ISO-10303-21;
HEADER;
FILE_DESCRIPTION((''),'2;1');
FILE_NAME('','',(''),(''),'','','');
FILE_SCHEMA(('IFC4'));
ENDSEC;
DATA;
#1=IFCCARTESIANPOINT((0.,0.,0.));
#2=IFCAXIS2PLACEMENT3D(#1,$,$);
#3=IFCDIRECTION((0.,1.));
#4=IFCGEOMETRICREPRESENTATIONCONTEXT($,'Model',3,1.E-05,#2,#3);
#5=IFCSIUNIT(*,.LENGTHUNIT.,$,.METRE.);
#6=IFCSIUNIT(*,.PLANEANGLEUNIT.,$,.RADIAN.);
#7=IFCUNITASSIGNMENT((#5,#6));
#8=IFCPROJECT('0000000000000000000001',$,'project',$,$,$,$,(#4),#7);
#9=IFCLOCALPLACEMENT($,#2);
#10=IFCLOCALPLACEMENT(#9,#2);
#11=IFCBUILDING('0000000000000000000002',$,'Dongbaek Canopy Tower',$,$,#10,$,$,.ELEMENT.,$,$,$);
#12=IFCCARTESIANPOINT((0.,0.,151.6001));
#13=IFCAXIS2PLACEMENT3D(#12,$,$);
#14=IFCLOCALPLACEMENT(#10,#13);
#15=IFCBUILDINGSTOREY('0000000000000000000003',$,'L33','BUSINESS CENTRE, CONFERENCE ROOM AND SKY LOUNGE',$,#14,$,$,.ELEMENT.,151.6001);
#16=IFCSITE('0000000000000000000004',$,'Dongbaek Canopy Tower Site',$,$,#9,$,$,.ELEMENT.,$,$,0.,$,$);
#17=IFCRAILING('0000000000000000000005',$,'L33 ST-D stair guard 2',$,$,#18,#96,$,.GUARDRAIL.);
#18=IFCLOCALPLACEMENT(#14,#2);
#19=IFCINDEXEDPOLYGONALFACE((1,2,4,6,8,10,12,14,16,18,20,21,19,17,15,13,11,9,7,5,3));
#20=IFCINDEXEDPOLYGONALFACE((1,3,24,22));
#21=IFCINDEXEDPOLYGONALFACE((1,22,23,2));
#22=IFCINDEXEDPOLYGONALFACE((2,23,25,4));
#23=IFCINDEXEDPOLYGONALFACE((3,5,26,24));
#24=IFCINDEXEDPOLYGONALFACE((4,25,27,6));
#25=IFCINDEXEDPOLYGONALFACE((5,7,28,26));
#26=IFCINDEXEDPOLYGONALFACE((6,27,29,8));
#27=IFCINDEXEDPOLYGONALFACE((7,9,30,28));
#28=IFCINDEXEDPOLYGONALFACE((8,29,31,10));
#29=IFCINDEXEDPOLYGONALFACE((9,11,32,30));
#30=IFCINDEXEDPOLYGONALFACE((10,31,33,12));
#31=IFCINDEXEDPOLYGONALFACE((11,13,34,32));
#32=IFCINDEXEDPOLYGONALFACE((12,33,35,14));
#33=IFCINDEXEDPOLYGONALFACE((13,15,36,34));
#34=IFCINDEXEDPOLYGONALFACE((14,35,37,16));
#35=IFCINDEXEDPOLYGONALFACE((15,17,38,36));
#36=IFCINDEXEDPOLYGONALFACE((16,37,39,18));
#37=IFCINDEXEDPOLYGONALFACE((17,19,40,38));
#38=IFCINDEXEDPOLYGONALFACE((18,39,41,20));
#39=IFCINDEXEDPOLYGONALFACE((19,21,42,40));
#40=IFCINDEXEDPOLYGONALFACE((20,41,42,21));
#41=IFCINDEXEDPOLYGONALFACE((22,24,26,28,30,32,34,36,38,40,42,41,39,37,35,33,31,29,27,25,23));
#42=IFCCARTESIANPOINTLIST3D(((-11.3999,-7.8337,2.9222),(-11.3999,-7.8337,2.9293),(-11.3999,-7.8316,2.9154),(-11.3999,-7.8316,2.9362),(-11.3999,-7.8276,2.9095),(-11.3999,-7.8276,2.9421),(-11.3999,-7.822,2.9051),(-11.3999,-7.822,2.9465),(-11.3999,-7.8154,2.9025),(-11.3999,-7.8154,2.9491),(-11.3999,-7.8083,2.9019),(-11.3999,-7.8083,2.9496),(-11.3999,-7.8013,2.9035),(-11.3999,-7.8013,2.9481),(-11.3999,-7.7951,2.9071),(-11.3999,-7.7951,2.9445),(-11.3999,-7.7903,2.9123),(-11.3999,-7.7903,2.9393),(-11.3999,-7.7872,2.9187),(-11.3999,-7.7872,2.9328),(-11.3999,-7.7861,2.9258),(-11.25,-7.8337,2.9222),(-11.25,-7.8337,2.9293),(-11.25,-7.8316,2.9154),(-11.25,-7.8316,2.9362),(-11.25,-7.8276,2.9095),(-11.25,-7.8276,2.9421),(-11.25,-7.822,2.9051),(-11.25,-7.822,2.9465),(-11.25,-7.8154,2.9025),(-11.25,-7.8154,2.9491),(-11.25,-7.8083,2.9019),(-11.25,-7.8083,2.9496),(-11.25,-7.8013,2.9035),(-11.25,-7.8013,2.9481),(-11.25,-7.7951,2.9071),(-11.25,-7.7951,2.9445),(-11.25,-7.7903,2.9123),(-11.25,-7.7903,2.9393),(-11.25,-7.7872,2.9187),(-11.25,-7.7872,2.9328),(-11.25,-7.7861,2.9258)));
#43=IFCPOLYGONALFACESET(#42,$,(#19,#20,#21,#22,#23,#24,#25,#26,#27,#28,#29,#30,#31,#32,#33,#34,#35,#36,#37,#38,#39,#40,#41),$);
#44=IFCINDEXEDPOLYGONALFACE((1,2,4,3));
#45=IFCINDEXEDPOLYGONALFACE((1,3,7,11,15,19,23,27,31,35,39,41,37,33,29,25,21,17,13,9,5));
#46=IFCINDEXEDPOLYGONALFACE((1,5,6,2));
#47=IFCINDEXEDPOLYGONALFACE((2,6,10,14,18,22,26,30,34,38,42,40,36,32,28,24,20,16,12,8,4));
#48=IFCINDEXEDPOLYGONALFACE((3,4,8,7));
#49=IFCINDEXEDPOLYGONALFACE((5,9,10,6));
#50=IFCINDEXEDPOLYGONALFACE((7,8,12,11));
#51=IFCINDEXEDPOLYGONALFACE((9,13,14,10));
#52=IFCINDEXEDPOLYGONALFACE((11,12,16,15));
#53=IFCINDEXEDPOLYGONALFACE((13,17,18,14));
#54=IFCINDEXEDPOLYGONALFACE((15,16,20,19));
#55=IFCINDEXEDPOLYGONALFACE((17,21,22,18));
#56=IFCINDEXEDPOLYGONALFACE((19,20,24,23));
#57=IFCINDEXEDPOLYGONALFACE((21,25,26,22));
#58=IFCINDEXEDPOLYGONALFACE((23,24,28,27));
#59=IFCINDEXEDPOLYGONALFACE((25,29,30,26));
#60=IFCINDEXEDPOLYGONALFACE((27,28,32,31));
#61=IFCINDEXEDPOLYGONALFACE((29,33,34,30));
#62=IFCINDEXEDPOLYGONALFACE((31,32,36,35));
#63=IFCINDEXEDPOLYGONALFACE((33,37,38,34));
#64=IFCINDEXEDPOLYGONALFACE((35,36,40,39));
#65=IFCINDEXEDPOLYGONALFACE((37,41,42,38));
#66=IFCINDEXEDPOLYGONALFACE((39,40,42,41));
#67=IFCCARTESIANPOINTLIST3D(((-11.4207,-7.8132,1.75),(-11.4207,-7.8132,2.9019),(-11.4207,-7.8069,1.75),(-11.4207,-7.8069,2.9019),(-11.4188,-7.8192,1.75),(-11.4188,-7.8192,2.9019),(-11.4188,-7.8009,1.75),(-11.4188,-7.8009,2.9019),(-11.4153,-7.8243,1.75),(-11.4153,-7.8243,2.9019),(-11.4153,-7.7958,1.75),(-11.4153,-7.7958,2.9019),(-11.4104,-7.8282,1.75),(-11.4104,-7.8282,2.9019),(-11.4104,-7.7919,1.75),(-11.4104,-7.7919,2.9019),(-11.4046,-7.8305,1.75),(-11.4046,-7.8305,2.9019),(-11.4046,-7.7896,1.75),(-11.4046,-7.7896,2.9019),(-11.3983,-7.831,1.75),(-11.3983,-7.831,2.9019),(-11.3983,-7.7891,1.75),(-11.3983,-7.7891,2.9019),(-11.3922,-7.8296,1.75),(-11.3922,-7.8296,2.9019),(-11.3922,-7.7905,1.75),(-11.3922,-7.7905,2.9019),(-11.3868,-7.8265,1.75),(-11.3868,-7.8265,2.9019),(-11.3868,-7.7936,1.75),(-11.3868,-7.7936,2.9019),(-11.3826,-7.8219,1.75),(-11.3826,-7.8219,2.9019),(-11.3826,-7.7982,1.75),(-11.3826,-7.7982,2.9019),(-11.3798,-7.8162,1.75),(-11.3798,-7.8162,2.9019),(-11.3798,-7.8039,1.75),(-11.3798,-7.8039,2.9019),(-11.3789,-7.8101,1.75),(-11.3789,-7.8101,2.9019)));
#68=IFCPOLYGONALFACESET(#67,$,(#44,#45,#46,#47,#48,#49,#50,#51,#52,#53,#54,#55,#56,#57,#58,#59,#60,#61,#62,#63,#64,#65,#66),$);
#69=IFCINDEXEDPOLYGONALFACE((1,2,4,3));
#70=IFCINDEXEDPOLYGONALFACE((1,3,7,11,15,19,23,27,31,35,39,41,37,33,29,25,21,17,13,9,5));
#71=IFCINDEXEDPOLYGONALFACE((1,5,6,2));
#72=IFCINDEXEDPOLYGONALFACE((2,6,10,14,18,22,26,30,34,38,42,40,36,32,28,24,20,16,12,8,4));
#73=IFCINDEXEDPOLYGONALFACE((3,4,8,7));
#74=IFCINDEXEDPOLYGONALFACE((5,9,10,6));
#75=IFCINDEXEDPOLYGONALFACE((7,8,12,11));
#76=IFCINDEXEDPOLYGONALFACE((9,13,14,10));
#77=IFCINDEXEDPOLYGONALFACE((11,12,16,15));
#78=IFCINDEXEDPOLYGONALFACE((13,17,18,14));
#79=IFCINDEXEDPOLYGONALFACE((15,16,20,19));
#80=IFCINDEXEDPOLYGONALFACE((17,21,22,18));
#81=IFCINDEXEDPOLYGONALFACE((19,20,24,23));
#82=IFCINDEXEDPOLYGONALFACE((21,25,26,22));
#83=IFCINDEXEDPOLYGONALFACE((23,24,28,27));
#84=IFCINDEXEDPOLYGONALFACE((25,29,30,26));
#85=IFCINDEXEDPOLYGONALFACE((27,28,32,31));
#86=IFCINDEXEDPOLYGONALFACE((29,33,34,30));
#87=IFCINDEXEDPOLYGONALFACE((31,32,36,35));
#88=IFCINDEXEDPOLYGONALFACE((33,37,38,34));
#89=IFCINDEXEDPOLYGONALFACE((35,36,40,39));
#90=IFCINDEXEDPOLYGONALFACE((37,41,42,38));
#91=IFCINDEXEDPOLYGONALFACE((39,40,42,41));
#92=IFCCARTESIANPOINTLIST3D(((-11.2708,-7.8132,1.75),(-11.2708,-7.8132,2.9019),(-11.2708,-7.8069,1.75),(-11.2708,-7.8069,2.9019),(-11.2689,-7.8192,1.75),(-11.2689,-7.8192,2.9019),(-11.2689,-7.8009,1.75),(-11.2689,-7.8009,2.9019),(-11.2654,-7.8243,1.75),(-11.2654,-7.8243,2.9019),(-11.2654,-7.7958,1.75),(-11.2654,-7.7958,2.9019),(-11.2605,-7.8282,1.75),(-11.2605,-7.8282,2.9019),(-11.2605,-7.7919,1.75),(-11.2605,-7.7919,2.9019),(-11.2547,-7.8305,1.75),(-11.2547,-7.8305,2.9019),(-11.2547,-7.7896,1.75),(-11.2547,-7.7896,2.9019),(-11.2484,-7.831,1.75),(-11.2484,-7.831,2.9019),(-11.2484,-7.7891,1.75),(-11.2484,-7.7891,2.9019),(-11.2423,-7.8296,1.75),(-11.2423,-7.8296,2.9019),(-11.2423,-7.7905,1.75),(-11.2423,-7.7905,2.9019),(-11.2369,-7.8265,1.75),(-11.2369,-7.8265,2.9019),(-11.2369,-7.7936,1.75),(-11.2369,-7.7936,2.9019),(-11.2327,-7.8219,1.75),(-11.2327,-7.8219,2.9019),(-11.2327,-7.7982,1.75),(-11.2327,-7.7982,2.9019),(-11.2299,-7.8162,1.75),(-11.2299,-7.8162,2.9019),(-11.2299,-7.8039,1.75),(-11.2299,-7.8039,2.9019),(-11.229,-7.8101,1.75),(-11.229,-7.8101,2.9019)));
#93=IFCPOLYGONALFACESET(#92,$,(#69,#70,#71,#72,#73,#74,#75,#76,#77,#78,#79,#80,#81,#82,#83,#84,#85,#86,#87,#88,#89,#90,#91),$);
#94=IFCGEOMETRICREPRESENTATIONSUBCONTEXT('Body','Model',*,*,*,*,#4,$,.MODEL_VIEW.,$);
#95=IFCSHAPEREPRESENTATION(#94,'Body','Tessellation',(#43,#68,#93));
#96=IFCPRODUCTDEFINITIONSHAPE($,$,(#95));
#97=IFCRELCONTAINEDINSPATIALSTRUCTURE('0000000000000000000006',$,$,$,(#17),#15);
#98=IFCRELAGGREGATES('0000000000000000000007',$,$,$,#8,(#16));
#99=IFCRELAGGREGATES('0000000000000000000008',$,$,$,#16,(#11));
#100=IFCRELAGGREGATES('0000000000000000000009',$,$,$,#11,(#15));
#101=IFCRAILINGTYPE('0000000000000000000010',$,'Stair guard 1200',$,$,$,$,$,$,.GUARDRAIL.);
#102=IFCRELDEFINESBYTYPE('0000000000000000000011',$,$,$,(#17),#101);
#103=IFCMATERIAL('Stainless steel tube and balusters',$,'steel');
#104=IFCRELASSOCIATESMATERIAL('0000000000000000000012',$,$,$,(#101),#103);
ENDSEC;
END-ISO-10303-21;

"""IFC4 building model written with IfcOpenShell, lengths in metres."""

from ifc_helpers import new_model, si_unit, direction, frame, origin, origin_2d, place, context, subcontext, project, spatial, circle, extrude, material, type_object, element, save


model = new_model("IFC4")

# Units and contexts
model_context = context("Model", 3, precision=1e-05, world=origin(), true_north=direction((0.0, 1.0)))
body_context = subcontext(model_context, "Body", "Model", "MODEL_VIEW")
ifc_project = project(units=[si_unit("LENGTHUNIT", "METRE"), si_unit("PLANEANGLEUNIT", "RADIAN")], contexts=[model_context])

# Site, building, storey
site_placement = place(None, origin())
site = spatial("IfcSite", under=ifc_project, at=site_placement, Name="Dongbaek Canopy Tower Site", CompositionType="ELEMENT", RefElevation=0.0)
building_placement = place(site_placement, origin())
building = spatial("IfcBuilding", under=site, at=building_placement, Name="Dongbaek Canopy Tower", CompositionType="ELEMENT")
storey_placement = place(building_placement, frame((0.0, 0.0, 151.6001)))
storey = spatial("IfcBuildingStorey", under=building, at=storey_placement, Name="L33", Description="BUSINESS CENTRE, CONFERENCE ROOM AND SKY LOUNGE", CompositionType="ELEMENT", Elevation=151.6001)

# Railing
ifc_material_1 = material(Name="Stainless steel tube and balusters", Category="steel")
railing_type_1 = type_object("IfcRailingType", Name="Stair guard 1200", PredefinedType="GUARDRAIL", material=ifc_material_1)
railing_1_placement = place(storey_placement, frame((-11.3999, -7.8101, 1.75)))
element("IfcRailing", 1, at=railing_1_placement, inside=storey, type_object=railing_type_1, Name="L33 ST-D stair guard 2", PredefinedType="GUARDRAIL", context=body_context, shape_type="SweptSolid", body=[
    extrude(circle(Radius=0.0239, at=origin_2d()), frame((0.0, 0.0, 1.1758), z_axis=(1.0, 0.0, 0.0), x_axis=(0.0, 1.0, 0.0)), (0.0, 0.0, 1.0), 0.1499),
    extrude(circle(Radius=0.021, at=origin_2d()), origin(), (0.0, 0.0, 1.0), 1.1519),
    extrude(circle(Radius=0.021, at=origin_2d()), frame((0.1499, 0.0, 0.0)), (0.0, 0.0, 1.0), 1.1519),
])

save(model, "model.ifc")
